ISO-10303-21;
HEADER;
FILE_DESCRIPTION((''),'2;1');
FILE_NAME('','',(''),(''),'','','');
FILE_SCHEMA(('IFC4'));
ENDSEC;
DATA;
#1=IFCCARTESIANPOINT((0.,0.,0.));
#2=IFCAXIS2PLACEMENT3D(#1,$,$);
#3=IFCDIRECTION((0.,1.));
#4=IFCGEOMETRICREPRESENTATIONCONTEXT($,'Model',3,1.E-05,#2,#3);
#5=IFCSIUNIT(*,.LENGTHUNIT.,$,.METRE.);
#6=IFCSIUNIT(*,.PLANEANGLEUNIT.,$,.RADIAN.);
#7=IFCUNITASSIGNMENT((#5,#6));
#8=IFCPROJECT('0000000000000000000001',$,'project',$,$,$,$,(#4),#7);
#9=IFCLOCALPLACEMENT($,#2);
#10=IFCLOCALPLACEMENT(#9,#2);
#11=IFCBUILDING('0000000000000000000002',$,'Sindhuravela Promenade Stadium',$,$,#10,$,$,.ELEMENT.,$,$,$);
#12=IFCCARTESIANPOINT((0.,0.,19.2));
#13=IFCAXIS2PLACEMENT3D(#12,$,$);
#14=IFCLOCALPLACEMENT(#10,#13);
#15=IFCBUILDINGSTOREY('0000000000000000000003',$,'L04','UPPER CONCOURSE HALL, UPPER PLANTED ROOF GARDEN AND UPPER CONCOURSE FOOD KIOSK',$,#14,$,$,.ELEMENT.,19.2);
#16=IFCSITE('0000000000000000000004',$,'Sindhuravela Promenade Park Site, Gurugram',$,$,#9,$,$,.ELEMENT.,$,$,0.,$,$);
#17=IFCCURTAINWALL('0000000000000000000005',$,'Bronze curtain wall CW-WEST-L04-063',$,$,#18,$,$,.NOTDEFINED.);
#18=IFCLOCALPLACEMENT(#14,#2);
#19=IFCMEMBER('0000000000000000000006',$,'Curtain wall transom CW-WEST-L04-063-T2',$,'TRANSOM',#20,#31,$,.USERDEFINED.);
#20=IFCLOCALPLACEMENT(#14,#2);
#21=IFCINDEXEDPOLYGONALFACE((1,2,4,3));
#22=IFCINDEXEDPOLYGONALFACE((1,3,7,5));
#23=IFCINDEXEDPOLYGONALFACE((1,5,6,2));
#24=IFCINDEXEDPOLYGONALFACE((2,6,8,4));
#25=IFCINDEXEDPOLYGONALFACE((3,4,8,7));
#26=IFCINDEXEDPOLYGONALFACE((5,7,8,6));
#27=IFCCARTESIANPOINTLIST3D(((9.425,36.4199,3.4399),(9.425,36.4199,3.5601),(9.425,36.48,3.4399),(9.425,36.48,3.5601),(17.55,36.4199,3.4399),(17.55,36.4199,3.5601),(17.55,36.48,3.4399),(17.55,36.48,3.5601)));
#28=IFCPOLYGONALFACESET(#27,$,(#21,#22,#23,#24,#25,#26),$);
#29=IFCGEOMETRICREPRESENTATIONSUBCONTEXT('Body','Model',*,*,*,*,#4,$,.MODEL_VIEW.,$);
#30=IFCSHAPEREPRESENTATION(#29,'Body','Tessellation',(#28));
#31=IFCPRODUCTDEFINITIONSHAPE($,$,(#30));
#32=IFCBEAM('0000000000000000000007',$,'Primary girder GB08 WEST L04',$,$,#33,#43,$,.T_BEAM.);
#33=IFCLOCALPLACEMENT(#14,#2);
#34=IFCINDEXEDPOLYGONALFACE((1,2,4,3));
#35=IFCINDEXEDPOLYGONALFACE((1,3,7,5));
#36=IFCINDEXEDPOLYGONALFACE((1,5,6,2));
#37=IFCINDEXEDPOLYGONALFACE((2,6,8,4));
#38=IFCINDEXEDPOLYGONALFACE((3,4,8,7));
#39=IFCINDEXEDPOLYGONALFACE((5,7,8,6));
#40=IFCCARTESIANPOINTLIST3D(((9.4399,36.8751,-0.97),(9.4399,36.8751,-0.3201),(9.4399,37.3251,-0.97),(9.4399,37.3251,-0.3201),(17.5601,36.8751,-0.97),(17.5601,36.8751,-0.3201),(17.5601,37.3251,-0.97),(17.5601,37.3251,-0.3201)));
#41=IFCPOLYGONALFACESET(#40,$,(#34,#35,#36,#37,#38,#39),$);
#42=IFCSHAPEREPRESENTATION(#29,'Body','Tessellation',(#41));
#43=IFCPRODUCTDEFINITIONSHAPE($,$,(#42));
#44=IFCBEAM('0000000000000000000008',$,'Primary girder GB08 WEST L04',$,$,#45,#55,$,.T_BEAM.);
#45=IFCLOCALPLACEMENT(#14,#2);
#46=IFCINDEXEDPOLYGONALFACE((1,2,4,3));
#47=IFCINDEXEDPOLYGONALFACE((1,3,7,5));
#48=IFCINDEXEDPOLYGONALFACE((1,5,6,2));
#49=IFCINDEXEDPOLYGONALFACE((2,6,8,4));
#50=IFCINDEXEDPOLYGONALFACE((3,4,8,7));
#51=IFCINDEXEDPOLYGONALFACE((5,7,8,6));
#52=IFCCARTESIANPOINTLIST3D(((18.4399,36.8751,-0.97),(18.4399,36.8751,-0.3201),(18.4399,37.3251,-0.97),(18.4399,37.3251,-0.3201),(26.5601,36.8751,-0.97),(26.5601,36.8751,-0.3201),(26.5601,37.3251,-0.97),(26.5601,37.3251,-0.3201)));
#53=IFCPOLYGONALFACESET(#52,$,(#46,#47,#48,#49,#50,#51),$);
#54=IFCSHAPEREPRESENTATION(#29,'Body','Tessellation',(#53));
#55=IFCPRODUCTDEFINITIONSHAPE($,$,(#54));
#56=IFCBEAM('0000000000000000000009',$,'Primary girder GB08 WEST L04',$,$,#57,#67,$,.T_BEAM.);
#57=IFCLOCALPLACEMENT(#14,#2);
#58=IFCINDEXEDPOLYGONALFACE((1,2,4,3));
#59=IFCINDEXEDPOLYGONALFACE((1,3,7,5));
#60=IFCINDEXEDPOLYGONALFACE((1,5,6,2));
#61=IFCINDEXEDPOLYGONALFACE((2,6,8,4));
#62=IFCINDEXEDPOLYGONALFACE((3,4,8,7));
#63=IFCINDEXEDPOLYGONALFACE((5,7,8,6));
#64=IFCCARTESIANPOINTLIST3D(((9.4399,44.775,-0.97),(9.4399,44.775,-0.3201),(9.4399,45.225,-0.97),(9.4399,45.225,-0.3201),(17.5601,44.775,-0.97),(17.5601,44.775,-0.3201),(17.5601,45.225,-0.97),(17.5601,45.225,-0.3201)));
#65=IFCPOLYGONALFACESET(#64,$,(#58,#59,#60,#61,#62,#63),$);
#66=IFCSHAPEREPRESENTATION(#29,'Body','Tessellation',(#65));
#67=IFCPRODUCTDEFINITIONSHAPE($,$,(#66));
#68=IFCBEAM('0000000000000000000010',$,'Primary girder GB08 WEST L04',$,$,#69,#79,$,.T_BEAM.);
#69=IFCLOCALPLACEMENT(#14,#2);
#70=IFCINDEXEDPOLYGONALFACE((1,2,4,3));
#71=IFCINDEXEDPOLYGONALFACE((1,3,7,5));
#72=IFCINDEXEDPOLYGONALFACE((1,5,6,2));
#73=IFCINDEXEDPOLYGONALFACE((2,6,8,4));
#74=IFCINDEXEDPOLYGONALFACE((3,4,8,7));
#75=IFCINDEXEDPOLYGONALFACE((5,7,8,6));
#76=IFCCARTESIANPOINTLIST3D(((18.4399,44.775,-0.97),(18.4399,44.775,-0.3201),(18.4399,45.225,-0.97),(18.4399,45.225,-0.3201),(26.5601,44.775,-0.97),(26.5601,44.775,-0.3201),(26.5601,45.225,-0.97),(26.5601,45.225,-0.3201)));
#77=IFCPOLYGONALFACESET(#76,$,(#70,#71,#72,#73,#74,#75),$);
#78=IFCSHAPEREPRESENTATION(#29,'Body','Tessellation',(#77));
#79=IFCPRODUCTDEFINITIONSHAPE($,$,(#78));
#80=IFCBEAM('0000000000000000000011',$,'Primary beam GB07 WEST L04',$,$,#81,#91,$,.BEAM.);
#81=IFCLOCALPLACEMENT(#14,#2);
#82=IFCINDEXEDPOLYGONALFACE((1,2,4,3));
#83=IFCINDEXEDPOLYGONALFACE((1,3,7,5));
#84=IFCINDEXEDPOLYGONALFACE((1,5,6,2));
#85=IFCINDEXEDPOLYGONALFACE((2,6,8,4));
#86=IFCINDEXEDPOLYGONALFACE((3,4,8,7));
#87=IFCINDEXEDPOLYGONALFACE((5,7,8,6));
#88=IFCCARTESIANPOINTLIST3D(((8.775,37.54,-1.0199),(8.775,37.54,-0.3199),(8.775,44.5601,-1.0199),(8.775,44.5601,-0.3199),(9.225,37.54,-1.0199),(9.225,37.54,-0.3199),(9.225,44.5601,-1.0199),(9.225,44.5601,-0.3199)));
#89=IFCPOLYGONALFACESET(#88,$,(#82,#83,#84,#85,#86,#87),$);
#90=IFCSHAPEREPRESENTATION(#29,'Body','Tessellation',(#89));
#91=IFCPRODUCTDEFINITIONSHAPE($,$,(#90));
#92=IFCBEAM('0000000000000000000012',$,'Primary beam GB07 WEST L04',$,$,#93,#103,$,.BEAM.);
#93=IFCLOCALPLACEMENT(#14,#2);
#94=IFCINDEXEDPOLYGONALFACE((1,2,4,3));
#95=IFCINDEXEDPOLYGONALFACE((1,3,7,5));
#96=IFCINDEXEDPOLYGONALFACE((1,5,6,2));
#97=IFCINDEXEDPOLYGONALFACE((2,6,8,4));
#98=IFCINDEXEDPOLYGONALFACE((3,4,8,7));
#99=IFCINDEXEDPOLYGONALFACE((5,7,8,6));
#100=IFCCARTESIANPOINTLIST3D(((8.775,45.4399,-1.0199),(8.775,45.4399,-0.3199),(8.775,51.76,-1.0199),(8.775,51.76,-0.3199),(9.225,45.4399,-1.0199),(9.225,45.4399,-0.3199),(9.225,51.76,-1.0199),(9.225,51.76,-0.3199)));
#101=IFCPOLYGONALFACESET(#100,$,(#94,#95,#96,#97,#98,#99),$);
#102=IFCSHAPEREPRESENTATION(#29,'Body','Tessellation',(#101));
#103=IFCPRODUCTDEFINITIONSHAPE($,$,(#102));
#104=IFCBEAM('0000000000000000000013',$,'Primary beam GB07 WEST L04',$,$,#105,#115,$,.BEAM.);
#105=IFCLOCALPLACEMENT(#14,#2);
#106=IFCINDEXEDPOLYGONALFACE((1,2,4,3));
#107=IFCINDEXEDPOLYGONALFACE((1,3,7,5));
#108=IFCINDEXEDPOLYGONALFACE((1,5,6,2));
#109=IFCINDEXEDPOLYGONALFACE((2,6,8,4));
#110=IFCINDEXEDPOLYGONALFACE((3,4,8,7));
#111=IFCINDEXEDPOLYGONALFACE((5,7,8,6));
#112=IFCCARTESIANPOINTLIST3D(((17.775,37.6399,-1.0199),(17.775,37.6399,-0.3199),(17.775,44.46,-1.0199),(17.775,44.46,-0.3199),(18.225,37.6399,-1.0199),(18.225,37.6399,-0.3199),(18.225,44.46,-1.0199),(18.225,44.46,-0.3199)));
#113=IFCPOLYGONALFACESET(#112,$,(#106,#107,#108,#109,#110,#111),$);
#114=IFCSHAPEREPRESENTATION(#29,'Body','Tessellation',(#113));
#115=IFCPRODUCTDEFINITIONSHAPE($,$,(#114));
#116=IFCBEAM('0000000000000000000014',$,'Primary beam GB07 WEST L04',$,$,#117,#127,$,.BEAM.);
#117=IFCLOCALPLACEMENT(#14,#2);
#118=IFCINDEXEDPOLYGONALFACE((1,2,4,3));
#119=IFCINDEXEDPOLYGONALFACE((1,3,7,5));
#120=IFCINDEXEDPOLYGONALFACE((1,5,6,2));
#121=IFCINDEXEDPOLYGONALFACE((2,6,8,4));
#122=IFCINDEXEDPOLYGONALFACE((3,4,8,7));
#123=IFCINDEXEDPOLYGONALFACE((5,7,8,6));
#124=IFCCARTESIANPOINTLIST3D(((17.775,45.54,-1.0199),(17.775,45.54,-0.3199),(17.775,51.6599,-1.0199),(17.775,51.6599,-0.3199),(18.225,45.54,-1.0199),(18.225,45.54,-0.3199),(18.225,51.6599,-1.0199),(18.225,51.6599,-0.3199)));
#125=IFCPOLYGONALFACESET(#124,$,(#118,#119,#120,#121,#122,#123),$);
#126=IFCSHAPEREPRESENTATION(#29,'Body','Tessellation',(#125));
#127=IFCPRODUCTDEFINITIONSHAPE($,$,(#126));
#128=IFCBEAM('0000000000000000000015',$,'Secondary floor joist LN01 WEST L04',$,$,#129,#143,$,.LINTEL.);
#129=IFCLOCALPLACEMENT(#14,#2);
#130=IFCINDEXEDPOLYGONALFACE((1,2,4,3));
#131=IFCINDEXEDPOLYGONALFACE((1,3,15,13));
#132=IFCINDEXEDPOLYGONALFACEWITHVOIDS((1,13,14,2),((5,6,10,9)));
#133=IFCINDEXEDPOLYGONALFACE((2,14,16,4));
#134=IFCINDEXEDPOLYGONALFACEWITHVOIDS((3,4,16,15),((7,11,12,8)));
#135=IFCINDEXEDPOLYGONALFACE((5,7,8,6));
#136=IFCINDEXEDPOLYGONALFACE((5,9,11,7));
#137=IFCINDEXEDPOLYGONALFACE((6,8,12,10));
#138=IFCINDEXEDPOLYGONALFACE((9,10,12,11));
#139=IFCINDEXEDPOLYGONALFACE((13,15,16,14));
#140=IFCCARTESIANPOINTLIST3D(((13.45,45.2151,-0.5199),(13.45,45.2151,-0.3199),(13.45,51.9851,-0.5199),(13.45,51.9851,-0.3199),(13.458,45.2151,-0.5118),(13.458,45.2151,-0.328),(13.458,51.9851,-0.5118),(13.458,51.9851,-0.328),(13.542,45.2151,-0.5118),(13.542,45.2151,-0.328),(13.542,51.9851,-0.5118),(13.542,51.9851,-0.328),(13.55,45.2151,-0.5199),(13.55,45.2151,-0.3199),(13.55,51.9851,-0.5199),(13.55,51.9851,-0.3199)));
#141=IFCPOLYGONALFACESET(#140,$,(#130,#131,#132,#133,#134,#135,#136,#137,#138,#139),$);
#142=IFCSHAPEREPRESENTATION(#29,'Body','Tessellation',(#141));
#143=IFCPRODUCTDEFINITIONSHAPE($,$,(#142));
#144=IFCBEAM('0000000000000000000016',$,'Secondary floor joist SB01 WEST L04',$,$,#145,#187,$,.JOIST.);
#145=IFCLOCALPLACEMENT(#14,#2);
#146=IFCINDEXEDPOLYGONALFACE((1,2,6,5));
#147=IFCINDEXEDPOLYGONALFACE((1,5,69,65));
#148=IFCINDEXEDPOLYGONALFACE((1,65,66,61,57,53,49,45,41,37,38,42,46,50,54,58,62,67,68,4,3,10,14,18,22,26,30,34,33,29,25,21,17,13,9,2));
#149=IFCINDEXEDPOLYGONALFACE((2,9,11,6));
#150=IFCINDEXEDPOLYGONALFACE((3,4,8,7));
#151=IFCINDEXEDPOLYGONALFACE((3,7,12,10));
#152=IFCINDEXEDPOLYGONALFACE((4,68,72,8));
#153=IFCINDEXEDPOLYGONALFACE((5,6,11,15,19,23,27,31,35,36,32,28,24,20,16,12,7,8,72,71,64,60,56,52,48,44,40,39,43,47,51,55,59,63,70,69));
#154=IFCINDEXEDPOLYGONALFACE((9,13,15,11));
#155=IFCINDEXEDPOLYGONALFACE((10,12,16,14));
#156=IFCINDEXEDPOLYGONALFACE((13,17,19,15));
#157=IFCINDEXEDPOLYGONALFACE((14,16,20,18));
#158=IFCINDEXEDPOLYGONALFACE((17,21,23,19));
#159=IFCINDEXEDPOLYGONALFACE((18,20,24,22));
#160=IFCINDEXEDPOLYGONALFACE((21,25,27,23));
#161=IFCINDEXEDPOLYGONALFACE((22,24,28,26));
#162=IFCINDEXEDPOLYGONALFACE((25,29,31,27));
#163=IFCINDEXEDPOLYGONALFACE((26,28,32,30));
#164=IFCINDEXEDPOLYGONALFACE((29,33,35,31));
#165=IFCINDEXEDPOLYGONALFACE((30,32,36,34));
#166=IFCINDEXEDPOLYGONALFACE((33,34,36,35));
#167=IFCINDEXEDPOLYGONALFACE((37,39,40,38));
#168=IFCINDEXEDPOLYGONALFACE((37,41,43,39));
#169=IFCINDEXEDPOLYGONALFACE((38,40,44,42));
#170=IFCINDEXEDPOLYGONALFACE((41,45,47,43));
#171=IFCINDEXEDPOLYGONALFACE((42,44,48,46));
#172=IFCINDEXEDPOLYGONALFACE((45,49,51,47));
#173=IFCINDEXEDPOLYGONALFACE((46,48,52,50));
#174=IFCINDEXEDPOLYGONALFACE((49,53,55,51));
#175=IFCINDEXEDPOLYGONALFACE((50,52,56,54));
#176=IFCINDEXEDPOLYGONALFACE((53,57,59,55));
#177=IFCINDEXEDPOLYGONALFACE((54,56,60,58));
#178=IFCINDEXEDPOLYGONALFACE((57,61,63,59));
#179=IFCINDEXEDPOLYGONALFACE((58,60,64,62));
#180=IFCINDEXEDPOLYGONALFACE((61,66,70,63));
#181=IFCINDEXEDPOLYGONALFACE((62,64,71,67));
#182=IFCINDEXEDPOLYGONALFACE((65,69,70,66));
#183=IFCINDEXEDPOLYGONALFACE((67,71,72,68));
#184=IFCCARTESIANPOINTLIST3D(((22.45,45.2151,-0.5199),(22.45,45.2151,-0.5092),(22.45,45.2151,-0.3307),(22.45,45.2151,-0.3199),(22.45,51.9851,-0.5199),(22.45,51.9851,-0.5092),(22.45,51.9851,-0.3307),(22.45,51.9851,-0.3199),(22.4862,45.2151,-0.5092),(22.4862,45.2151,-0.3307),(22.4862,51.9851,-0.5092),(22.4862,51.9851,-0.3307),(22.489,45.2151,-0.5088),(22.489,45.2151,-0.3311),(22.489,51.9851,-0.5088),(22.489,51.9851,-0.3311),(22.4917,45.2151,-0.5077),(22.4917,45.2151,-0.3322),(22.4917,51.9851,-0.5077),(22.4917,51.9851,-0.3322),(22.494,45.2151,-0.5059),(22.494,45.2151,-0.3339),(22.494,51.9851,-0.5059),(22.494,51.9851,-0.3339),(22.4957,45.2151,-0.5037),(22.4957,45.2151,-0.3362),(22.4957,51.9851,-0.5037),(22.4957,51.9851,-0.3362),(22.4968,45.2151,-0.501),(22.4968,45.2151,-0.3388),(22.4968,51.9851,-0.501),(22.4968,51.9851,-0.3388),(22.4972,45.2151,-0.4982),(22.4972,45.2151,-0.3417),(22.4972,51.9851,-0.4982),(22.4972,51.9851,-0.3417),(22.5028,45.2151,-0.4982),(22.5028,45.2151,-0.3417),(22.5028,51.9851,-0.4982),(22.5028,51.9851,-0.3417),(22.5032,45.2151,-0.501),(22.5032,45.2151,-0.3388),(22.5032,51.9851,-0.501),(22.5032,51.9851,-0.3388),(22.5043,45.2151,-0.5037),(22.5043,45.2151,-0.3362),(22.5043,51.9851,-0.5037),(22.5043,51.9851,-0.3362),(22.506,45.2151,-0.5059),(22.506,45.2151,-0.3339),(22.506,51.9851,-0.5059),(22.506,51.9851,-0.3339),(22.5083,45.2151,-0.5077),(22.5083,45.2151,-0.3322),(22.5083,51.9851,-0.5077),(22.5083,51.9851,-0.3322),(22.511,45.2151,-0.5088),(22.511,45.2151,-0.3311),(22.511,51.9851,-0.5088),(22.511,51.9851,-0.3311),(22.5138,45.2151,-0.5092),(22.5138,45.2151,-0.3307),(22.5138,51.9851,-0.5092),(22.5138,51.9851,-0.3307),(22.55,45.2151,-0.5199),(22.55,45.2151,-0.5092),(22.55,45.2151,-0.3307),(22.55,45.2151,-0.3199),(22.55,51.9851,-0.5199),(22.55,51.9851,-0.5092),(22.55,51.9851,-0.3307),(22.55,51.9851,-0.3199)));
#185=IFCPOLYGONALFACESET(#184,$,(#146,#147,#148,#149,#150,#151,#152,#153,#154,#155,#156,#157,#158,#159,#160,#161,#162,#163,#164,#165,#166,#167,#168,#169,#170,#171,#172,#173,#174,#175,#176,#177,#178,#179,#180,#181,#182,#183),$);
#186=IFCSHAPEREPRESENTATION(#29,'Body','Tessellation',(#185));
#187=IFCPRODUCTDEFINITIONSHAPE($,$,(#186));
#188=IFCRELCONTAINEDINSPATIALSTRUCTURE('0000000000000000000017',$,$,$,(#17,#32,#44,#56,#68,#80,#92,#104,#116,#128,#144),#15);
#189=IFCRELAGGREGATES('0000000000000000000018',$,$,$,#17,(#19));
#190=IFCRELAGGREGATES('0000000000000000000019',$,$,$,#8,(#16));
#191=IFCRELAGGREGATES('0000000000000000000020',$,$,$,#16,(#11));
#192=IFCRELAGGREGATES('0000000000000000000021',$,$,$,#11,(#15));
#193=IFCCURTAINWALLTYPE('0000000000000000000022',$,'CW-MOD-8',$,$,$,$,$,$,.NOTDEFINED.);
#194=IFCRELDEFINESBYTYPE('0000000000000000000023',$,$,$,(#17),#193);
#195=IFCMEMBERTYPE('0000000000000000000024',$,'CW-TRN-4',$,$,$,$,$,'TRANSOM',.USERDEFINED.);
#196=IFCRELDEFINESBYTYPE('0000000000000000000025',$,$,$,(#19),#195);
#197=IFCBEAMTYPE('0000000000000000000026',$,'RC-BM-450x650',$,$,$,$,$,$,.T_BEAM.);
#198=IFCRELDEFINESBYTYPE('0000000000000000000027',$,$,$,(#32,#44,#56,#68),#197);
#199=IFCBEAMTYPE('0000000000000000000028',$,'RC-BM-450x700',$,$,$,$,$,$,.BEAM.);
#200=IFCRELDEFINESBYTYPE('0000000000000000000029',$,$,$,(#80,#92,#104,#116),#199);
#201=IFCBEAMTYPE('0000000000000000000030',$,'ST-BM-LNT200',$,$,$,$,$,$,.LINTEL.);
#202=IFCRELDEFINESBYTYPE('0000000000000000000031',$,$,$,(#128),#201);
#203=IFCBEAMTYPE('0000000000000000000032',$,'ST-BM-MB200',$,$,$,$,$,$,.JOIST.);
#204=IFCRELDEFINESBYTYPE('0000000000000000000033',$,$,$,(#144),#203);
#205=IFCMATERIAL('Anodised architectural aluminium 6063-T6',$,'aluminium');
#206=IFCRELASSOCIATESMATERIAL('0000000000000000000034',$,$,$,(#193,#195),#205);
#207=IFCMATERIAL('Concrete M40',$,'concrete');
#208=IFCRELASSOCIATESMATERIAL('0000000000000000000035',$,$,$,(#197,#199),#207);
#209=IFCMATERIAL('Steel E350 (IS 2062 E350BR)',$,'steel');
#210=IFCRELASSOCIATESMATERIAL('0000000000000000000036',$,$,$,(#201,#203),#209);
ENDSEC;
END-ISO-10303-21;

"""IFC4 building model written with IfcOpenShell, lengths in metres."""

from ifc_helpers import new_model, si_unit, direction, frame, origin, origin_2d, place, context, subcontext, project, spatial, rectangle, hollow_rectangle, i_section, extrude, material, material_profile, profile_set, type_object, element, aggregate, save


model = new_model("IFC4")

# Units and contexts
model_context = context("Model", 3, precision=1e-05, world=origin(), true_north=direction((0.0, 1.0)))
body_context = subcontext(model_context, "Body", "Model", "MODEL_VIEW")
ifc_project = project(units=[si_unit("LENGTHUNIT", "METRE"), si_unit("PLANEANGLEUNIT", "RADIAN")], contexts=[model_context])

# Site, building, storey
site_placement = place(None, origin())
site = spatial("IfcSite", under=ifc_project, at=site_placement, Name="Sindhuravela Promenade Park Site, Gurugram", CompositionType="ELEMENT", RefElevation=0.0)
building_placement = place(site_placement, origin())
building = spatial("IfcBuilding", under=site, at=building_placement, Name="Sindhuravela Promenade Stadium", CompositionType="ELEMENT")
storey_placement = place(building_placement, frame((0.0, 0.0, 19.2)))
storey = spatial("IfcBuildingStorey", under=building, at=storey_placement, Name="L04", Description="UPPER CONCOURSE HALL, UPPER PLANTED ROOF GARDEN AND UPPER CONCOURSE FOOD KIOSK", CompositionType="ELEMENT", Elevation=19.2)

# Shared definitions
ifc_material_1 = material(Name="Concrete M40", Category="concrete")

# Curtain wall
ifc_material_2 = material(Name="Anodised architectural aluminium 6063-T6", Category="aluminium")
curtain_wall_type_1 = type_object("IfcCurtainWallType", Name="CW-MOD-8", PredefinedType="NOTDEFINED", material=ifc_material_2)
curtain_wall_1_placement = place(storey_placement, origin())
curtain_wall_1 = element("IfcCurtainWall", 1, at=curtain_wall_1_placement, inside=storey, type_object=curtain_wall_type_1, Name="Bronze curtain wall CW-WEST-L04-063", PredefinedType="NOTDEFINED")

# Member
ifc_material_profile_1 = material_profile(ifc_material_2, rectangle(XDim=0.0601, YDim=0.1201, at=origin_2d()), Name="ALU T60x120")
ifc_profile_set_1 = profile_set([ifc_material_profile_1], Name="Anodised architectural aluminium 6063-T6")
member_type_1 = type_object("IfcMemberType", Name="CW-TRN-4", ElementType="TRANSOM", PredefinedType="USERDEFINED", material=ifc_profile_set_1)
member_1_placement = place(storey_placement, frame((17.55, 36.45, 3.5), z_axis=(-1.0, 0.0, 0.0), x_axis=(0.0, -1.0, 0.0)))
member_1 = element("IfcMember", 2, at=member_1_placement, type_object=member_type_1, Name="Curtain wall transom CW-WEST-L04-063-T2", ObjectType="TRANSOM", PredefinedType="USERDEFINED", context=body_context, shape_type="SweptSolid", body=[
    extrude(rectangle(XDim=0.0601, YDim=0.1201, at=origin_2d()), origin(), (0.0, 0.0, 1.0), 8.125),
])

# Beams
ifc_material_profile_2 = material_profile(ifc_material_1, rectangle(XDim=0.45, YDim=0.6499, at=origin_2d()), Name="RC 450x650")
ifc_profile_set_2 = profile_set([ifc_material_profile_2], Name="Concrete M40")
beam_type_1 = type_object("IfcBeamType", Name="RC-BM-450x650", PredefinedType="T_BEAM", material=ifc_profile_set_2)
for number, where, z_axis, x_axis, name in (
    (3, (9.4399, 37.1001, -0.645), (1.0, 0.0, 0.0), (0.0, 1.0, 0.0), "Primary girder GB08 WEST L04"),
    (4, (18.4399, 37.1001, -0.645), (1.0, 0.0, 0.0), (0.0, 1.0, 0.0), "Primary girder GB08 WEST L04"),
    (5, (9.4399, 45.0, -0.645), (1.0, 0.0, 0.0), (0.0, 1.0, 0.0), "Primary girder GB08 WEST L04"),
    (6, (18.4399, 45.0, -0.645), (1.0, 0.0, 0.0), (0.0, 1.0, 0.0), "Primary girder GB08 WEST L04"),
):
    element("IfcBeam", number, at=place(storey_placement, frame(where, z_axis=z_axis, x_axis=x_axis)), inside=storey, type_object=beam_type_1, Name=name, PredefinedType="T_BEAM", context=body_context, shape_type="SweptSolid", body=[
        extrude(rectangle(XDim=0.45, YDim=0.6499, at=origin_2d()), origin(), (0.0, 0.0, 1.0), 8.1201),
    ])
ifc_material_profile_3 = material_profile(ifc_material_1, rectangle(XDim=0.45, YDim=0.7, at=origin_2d()), Name="RC 450x700")
ifc_profile_set_3 = profile_set([ifc_material_profile_3], Name="Concrete M40")
beam_type_2 = type_object("IfcBeamType", Name="RC-BM-450x700", PredefinedType="BEAM", material=ifc_profile_set_3)
beam_1_placement = place(storey_placement, frame((9.0, 37.54, -0.6699), z_axis=(0.0, 1.0, 0.0), x_axis=(-1.0, 0.0, 0.0)))
element("IfcBeam", 7, at=beam_1_placement, inside=storey, type_object=beam_type_2, Name="Primary beam GB07 WEST L04", PredefinedType="BEAM", context=body_context, shape_type="SweptSolid", body=[
    extrude(rectangle(XDim=0.45, YDim=0.7, at=origin_2d()), origin(), (0.0, 0.0, 1.0), 7.02),
])
beam_2_placement = place(storey_placement, frame((9.0, 45.4399, -0.6699), z_axis=(0.0, 1.0, 0.0), x_axis=(-1.0, 0.0, 0.0)))
element("IfcBeam", 8, at=beam_2_placement, inside=storey, type_object=beam_type_2, Name="Primary beam GB07 WEST L04", PredefinedType="BEAM", context=body_context, shape_type="SweptSolid", body=[
    extrude(rectangle(XDim=0.45, YDim=0.7, at=origin_2d()), origin(), (0.0, 0.0, 1.0), 6.3201),
])
beam_3_placement = place(storey_placement, frame((18.0, 37.6399, -0.6699), z_axis=(0.0, 1.0, 0.0), x_axis=(-1.0, 0.0, 0.0)))
element("IfcBeam", 9, at=beam_3_placement, inside=storey, type_object=beam_type_2, Name="Primary beam GB07 WEST L04", PredefinedType="BEAM", context=body_context, shape_type="SweptSolid", body=[
    extrude(rectangle(XDim=0.45, YDim=0.7, at=origin_2d()), origin(), (0.0, 0.0, 1.0), 6.8201),
])
beam_4_placement = place(storey_placement, frame((18.0, 45.54, -0.6699), z_axis=(0.0, 1.0, 0.0), x_axis=(-1.0, 0.0, 0.0)))
element("IfcBeam", 10, at=beam_4_placement, inside=storey, type_object=beam_type_2, Name="Primary beam GB07 WEST L04", PredefinedType="BEAM", context=body_context, shape_type="SweptSolid", body=[
    extrude(rectangle(XDim=0.45, YDim=0.7, at=origin_2d()), origin(), (0.0, 0.0, 1.0), 6.1199),
])
ifc_material_3 = material(Name="Steel E350 (IS 2062 E350BR)", Category="steel")
ifc_material_profile_4 = material_profile(ifc_material_3, hollow_rectangle(XDim=0.1001, YDim=0.2, WallThickness=0.0081, at=origin_2d()), Name="RHS 200x100x8")
ifc_profile_set_4 = profile_set([ifc_material_profile_4], Name="Steel E350 (IS 2062 E350BR)")
beam_type_3 = type_object("IfcBeamType", Name="ST-BM-LNT200", PredefinedType="LINTEL", material=ifc_profile_set_4)
beam_5_placement = place(storey_placement, frame((13.5, 45.2151, -0.4199), z_axis=(0.0, 1.0, 0.0), x_axis=(-1.0, 0.0, 0.0)))
element("IfcBeam", 11, at=beam_5_placement, inside=storey, type_object=beam_type_3, Name="Secondary floor joist LN01 WEST L04", PredefinedType="LINTEL", context=body_context, shape_type="SweptSolid", body=[
    extrude(hollow_rectangle(XDim=0.1001, YDim=0.2, WallThickness=0.0081, at=origin_2d()), origin(), (0.0, 0.0, 1.0), 6.77),
])
ifc_material_profile_5 = material_profile(ifc_material_3, i_section(OverallWidth=0.1001, OverallDepth=0.2, WebThickness=0.0056, FlangeThickness=0.0107, FilletRadius=0.011, at=origin_2d()), Name="ISMB 200")
ifc_profile_set_5 = profile_set([ifc_material_profile_5], Name="Steel E350 (IS 2062 E350BR)")
beam_type_4 = type_object("IfcBeamType", Name="ST-BM-MB200", PredefinedType="JOIST", material=ifc_profile_set_5)
beam_6_placement = place(storey_placement, frame((22.5, 45.2151, -0.4199), z_axis=(0.0, 1.0, 0.0), x_axis=(-1.0, 0.0, 0.0)))
element("IfcBeam", 12, at=beam_6_placement, inside=storey, type_object=beam_type_4, Name="Secondary floor joist SB01 WEST L04", PredefinedType="JOIST", context=body_context, shape_type="SweptSolid", body=[
    extrude(i_section(OverallWidth=0.1001, OverallDepth=0.2, WebThickness=0.0056, FlangeThickness=0.0107, FilletRadius=0.011, at=origin_2d()), origin(), (0.0, 0.0, 1.0), 6.77),
])

aggregate(curtain_wall_1, [member_1])

save(model, "model.ifc")
